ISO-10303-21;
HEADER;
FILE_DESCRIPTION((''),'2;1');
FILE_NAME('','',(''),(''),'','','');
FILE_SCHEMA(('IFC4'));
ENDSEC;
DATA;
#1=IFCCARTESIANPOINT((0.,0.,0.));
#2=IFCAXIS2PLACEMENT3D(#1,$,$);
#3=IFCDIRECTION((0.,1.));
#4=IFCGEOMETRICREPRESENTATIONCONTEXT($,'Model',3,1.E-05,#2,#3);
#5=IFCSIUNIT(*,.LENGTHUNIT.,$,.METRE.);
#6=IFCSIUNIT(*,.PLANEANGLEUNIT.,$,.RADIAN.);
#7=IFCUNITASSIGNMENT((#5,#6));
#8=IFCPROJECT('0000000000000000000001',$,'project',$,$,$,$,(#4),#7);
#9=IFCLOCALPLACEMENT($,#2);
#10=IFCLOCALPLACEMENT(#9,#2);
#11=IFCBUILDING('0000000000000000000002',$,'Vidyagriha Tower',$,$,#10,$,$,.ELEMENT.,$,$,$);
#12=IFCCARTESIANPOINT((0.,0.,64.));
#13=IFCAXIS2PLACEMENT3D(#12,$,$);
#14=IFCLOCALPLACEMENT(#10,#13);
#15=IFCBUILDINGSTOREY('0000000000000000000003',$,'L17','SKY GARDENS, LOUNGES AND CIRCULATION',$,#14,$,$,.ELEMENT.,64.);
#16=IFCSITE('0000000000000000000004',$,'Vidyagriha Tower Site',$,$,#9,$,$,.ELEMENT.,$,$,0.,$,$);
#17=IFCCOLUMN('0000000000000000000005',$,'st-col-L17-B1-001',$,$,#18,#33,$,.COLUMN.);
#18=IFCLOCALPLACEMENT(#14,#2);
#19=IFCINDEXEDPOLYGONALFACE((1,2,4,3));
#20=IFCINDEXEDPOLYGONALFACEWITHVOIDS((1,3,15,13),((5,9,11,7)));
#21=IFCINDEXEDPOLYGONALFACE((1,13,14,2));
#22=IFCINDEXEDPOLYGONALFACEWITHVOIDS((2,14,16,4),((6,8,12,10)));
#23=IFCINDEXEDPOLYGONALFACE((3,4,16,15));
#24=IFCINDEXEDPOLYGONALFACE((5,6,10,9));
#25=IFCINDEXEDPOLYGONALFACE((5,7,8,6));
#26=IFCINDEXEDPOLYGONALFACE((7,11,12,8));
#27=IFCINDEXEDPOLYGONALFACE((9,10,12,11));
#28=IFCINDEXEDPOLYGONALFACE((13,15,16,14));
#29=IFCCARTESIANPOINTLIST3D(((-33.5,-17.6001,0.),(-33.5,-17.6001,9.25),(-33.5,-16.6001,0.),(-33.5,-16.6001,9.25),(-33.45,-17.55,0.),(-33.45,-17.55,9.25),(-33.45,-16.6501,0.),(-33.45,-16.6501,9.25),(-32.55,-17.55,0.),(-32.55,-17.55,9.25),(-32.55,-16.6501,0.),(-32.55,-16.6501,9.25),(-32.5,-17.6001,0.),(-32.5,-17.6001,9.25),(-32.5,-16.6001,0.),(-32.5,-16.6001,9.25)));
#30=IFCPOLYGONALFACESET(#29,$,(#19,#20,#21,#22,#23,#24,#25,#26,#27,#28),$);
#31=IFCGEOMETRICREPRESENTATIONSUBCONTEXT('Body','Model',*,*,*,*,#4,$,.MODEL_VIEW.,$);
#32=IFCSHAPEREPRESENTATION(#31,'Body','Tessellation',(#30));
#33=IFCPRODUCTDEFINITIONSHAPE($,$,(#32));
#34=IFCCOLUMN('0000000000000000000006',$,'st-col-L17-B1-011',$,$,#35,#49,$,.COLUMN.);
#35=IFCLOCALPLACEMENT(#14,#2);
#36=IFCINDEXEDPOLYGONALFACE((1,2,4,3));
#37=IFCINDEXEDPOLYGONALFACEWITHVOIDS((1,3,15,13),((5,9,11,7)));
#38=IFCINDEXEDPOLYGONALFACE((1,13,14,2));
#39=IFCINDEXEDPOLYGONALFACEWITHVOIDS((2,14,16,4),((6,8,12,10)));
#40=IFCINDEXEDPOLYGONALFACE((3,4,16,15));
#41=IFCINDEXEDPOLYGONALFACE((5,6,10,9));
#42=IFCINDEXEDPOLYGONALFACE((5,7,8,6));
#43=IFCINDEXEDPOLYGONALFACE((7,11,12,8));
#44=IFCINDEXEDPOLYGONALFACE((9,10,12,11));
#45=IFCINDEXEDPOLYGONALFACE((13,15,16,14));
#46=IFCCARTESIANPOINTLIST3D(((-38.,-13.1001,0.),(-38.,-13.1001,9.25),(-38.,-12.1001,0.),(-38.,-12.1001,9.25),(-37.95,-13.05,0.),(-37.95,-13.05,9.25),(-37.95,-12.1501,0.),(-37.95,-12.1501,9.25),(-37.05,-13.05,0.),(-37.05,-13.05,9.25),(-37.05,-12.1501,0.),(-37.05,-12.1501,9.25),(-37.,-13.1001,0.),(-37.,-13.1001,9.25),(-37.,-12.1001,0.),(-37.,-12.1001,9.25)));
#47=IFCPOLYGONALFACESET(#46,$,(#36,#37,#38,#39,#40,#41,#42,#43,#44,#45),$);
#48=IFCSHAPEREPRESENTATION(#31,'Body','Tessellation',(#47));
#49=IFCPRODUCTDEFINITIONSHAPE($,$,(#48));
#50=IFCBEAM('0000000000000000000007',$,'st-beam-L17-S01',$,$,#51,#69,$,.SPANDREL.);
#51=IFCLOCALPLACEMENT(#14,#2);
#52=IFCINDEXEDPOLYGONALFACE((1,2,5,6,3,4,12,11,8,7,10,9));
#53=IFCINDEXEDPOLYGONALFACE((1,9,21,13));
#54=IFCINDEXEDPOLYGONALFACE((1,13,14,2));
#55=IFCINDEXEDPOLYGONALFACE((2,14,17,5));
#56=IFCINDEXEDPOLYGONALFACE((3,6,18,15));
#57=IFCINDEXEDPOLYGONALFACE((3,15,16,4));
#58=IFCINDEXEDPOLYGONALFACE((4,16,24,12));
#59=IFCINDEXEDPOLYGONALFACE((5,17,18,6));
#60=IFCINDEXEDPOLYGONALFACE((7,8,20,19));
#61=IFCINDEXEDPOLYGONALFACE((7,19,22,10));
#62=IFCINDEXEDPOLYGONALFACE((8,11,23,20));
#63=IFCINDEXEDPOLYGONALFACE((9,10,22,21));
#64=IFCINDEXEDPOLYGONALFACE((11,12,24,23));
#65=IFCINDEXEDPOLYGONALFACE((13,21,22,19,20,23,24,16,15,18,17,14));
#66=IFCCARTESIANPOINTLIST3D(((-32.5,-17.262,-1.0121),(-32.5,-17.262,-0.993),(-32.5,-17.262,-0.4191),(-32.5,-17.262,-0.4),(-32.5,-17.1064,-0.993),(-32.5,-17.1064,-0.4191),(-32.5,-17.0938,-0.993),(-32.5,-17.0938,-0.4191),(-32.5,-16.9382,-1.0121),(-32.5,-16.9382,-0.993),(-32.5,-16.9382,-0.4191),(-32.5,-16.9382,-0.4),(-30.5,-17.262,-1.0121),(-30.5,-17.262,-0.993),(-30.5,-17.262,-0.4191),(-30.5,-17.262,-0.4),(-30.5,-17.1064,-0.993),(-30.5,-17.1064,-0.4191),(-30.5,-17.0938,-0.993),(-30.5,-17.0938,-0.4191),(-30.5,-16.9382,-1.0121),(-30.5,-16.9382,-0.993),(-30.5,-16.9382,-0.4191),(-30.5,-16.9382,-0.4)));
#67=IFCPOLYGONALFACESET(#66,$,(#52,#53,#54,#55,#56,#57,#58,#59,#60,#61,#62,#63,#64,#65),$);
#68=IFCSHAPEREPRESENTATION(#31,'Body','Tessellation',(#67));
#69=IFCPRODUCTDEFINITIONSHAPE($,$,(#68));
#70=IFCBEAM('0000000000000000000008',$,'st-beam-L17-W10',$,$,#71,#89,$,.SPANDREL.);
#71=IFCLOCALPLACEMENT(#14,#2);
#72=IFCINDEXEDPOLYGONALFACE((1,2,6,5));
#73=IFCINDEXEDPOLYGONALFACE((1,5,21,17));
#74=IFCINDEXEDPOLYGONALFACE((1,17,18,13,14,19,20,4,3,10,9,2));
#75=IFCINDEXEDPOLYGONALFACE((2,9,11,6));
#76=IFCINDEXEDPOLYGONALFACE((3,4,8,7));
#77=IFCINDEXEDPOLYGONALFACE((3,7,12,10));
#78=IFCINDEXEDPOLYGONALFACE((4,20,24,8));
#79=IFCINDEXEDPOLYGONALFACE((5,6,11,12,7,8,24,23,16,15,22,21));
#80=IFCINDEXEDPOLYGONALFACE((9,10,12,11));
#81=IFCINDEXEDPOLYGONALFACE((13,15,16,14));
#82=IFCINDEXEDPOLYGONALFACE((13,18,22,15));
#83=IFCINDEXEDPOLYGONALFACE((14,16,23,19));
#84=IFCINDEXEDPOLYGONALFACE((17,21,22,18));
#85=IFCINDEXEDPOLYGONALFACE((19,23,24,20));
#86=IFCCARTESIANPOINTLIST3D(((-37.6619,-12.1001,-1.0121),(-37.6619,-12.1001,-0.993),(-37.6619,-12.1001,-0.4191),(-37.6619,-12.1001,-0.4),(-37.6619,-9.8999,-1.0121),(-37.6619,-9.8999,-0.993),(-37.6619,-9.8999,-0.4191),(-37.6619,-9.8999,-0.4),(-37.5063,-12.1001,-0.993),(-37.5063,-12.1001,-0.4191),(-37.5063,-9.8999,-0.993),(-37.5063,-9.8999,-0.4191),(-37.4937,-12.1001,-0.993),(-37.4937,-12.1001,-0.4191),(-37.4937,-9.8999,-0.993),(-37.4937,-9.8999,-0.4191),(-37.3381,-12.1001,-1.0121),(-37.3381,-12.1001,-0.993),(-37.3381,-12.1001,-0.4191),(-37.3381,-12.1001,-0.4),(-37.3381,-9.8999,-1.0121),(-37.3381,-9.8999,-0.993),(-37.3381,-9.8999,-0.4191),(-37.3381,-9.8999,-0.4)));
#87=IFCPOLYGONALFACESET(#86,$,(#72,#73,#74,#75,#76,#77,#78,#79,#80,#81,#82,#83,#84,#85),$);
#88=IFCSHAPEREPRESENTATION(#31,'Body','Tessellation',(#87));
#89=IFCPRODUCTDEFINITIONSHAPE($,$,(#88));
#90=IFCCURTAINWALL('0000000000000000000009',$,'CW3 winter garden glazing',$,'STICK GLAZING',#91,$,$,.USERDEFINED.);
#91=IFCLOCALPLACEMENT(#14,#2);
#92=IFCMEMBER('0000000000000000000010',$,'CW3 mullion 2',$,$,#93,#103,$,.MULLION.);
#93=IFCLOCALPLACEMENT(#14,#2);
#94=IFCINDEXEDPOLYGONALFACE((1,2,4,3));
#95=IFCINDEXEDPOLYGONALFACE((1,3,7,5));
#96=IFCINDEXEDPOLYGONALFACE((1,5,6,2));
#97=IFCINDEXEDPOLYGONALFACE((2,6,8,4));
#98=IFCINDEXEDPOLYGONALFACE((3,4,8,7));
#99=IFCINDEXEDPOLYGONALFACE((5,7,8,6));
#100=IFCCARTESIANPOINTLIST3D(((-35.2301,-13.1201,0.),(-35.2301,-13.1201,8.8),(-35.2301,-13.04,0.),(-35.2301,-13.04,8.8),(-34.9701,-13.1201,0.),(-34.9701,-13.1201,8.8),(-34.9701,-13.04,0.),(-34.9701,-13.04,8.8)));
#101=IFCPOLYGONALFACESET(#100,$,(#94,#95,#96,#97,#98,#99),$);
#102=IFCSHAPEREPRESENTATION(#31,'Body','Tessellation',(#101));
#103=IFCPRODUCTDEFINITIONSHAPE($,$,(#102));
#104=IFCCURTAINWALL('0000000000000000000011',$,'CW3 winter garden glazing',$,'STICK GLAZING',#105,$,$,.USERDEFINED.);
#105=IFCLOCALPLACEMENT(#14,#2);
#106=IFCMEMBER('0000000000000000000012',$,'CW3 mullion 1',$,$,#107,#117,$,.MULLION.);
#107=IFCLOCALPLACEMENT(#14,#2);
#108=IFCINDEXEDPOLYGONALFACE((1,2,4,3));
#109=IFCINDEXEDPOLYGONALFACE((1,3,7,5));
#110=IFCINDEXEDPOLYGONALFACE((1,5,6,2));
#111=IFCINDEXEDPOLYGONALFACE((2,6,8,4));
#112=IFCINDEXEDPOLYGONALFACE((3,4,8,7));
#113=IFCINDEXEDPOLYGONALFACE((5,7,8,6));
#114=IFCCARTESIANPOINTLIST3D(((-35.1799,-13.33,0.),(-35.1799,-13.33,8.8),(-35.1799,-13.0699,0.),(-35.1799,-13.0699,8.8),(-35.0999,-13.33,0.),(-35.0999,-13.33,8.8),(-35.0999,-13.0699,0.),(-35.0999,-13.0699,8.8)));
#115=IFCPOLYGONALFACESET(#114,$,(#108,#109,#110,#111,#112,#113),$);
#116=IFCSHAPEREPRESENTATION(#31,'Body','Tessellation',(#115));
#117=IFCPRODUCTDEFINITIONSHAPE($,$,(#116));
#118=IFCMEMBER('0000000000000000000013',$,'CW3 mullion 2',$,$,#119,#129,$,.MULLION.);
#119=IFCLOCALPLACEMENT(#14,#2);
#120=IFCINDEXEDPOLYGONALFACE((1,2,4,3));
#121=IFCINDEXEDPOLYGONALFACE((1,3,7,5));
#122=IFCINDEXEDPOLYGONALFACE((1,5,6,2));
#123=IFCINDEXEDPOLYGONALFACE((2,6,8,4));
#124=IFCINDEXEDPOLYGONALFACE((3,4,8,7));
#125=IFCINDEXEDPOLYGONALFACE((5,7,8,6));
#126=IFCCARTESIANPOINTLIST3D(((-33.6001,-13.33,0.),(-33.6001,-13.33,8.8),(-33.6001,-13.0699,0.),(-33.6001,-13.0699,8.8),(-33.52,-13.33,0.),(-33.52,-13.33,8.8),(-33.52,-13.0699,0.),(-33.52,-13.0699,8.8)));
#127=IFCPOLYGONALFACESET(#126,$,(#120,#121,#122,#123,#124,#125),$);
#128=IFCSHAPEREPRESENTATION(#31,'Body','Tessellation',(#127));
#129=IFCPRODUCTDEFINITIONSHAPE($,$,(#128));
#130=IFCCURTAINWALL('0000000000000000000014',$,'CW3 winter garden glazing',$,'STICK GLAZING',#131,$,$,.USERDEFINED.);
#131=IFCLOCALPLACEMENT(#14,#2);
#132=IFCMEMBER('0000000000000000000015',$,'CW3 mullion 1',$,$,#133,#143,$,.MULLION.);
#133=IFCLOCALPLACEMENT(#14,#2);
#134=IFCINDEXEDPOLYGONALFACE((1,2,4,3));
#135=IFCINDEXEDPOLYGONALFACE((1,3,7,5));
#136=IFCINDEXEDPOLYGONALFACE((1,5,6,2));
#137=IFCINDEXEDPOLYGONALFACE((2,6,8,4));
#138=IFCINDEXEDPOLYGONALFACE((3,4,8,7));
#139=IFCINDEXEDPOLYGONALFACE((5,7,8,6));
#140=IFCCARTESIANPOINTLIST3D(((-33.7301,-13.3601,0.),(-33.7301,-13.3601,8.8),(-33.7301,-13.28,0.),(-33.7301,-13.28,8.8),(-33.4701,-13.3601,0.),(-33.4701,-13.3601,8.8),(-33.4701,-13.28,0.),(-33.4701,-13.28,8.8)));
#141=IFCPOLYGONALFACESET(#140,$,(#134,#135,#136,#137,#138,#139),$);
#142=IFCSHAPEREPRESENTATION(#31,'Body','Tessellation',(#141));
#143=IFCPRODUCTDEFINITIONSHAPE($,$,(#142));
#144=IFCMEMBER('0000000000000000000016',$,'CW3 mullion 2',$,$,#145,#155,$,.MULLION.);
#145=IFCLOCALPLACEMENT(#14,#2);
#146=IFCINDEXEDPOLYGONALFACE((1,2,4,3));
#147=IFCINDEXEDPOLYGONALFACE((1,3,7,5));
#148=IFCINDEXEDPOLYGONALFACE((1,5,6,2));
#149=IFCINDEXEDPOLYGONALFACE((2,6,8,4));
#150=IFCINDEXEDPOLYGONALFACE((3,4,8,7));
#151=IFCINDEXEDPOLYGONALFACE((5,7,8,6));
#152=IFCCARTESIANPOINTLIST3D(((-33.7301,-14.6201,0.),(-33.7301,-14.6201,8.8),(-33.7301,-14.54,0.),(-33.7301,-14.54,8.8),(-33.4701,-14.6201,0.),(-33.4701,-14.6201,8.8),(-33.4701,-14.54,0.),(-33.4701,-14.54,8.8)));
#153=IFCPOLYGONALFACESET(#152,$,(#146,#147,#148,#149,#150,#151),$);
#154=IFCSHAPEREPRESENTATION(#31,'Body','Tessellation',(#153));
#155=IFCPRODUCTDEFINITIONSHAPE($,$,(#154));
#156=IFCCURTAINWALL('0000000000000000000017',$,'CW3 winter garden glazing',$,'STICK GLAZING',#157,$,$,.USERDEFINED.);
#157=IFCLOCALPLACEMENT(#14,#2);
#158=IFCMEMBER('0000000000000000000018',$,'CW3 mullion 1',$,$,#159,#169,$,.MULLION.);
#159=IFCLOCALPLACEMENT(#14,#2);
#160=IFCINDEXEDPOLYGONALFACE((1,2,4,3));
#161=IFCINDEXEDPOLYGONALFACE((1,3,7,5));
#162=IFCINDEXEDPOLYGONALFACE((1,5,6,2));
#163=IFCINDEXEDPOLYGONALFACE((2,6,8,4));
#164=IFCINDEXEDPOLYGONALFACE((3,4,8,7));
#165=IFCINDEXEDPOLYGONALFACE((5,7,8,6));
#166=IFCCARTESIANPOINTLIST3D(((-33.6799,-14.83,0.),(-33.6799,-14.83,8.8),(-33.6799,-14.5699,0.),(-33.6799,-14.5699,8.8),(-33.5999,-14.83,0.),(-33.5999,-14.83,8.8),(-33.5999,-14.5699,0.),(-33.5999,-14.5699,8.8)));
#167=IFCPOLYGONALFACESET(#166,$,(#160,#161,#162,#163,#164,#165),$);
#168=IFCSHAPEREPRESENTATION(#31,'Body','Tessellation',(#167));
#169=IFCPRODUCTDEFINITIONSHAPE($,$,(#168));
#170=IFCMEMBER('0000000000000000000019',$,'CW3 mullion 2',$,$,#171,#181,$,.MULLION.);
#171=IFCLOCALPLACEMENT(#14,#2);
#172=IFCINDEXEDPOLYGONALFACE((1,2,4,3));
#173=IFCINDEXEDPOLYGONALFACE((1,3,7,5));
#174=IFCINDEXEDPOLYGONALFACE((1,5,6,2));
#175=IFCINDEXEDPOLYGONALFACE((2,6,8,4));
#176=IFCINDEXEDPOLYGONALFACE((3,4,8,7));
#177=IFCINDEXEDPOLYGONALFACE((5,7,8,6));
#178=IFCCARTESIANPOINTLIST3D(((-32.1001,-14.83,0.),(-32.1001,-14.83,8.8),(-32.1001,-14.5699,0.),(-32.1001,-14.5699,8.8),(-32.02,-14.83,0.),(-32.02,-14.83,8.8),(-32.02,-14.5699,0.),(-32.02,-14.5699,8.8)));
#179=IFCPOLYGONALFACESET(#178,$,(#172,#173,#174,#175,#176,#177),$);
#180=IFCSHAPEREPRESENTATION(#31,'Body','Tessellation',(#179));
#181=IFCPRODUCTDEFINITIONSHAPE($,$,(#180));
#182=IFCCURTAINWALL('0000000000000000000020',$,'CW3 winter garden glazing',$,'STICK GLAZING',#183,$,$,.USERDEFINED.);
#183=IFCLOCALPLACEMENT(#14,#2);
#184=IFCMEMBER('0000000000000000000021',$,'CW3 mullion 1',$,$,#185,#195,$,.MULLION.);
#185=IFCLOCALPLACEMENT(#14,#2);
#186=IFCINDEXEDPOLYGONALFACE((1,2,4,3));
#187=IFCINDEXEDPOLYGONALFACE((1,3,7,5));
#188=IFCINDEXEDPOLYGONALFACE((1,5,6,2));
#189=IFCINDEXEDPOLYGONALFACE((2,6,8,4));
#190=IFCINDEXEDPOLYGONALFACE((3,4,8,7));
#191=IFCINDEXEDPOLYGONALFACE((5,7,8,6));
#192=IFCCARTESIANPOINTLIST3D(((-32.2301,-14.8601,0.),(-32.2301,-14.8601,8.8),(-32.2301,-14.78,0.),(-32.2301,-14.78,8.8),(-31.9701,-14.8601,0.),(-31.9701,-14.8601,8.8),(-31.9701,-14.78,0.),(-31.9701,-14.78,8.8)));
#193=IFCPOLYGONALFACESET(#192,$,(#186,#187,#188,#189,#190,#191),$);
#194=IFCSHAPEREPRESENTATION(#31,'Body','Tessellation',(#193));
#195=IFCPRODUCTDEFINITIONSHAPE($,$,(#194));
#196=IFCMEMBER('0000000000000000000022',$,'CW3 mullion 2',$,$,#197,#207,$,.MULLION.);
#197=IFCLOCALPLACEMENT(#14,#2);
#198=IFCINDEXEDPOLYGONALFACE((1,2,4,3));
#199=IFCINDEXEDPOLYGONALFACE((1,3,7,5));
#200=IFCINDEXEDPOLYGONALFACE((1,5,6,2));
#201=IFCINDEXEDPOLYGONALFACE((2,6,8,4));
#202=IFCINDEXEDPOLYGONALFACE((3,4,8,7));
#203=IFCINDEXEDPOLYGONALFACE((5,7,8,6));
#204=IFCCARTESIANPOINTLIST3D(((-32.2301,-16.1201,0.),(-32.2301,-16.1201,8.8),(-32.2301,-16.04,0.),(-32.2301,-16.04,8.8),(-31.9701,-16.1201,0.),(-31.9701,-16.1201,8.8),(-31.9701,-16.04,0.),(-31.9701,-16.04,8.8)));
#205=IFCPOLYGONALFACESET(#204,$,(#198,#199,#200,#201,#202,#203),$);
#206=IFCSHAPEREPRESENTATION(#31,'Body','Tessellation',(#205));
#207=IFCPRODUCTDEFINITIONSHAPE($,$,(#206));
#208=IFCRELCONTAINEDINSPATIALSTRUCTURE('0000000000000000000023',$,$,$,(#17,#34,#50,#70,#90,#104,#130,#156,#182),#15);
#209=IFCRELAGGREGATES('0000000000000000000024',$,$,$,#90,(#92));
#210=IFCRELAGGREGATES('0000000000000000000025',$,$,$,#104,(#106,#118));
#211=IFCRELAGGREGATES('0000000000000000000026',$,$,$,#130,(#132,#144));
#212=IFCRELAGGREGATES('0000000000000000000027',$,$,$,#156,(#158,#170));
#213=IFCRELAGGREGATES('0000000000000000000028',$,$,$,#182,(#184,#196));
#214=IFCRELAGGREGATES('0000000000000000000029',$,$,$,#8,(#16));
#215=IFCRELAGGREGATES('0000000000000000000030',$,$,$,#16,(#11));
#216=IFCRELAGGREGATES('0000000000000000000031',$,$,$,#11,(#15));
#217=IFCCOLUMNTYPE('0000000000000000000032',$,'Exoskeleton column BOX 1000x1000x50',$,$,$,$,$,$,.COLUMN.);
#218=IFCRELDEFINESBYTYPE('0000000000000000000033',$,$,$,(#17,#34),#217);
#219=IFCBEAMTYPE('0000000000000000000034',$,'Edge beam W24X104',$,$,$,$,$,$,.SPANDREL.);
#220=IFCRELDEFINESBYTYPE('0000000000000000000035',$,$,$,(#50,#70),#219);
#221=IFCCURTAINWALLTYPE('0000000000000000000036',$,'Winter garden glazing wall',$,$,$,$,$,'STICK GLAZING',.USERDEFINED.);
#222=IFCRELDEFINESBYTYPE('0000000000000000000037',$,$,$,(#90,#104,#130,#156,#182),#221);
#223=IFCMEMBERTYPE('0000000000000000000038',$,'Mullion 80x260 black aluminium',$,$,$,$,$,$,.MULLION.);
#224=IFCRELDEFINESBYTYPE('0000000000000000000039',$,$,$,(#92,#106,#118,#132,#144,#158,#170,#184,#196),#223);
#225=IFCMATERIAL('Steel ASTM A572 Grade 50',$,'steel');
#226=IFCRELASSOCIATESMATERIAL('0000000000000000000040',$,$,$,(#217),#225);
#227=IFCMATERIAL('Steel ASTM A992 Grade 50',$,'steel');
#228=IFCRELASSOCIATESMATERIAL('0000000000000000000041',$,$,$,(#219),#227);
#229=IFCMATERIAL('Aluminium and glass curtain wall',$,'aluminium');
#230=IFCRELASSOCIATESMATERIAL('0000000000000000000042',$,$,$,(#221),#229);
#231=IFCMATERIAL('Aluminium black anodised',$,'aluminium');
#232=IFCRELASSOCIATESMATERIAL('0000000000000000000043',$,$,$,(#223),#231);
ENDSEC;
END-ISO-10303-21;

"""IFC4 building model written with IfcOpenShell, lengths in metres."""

from ifc_helpers import new_model, si_unit, direction, frame, origin, origin_2d, place, context, subcontext, project, spatial, rectangle, hollow_rectangle, i_section, extrude, material, material_profile, profile_set, type_object, element, aggregate, save


model = new_model("IFC4")

# Units and contexts
model_context = context("Model", 3, precision=1e-05, world=origin(), true_north=direction((0.0, 1.0)))
body_context = subcontext(model_context, "Body", "Model", "MODEL_VIEW")
ifc_project = project(units=[si_unit("LENGTHUNIT", "METRE"), si_unit("PLANEANGLEUNIT", "RADIAN")], contexts=[model_context])

# Site, building, storey
site_placement = place(None, origin())
site = spatial("IfcSite", under=ifc_project, at=site_placement, Name="Vidyagriha Tower Site", CompositionType="ELEMENT", RefElevation=0.0)
building_placement = place(site_placement, origin())
building = spatial("IfcBuilding", under=site, at=building_placement, Name="Vidyagriha Tower", CompositionType="ELEMENT")
storey_placement = place(building_placement, frame((0.0, 0.0, 64.0)))
storey = spatial("IfcBuildingStorey", under=building, at=storey_placement, Name="L17", Description="SKY GARDENS, LOUNGES AND CIRCULATION", CompositionType="ELEMENT", Elevation=64.0)

# Columns
ifc_material_1 = material(Name="Steel ASTM A572 Grade 50", Category="steel")
ifc_material_profile_1 = material_profile(ifc_material_1, hollow_rectangle(XDim=1.0, YDim=1.0, WallThickness=0.05, at=origin_2d()), Name="BOX 1000x1000x50")
ifc_profile_set_1 = profile_set([ifc_material_profile_1], Name="Steel ASTM A572 Grade 50")
column_type = type_object("IfcColumnType", Name="Exoskeleton column BOX 1000x1000x50", PredefinedType="COLUMN", material=ifc_profile_set_1)
for number, where, name in (
    (1, (-33.0, -17.1001, 0.0), "st-col-L17-B1-001"),
    (2, (-37.5, -12.6001, 0.0), "st-col-L17-B1-011"),
):
    element("IfcColumn", number, at=place(storey_placement, frame(where)), inside=storey, type_object=column_type, Name=name, PredefinedType="COLUMN", context=body_context, shape_type="SweptSolid", body=[
        extrude(hollow_rectangle(XDim=1.0, YDim=1.0, WallThickness=0.05, at=origin_2d()), origin(), (0.0, 0.0, 1.0), 9.25),
    ])

# Beams
ifc_material_2 = material(Name="Steel ASTM A992 Grade 50", Category="steel")
ifc_material_profile_2 = material_profile(ifc_material_2, i_section(OverallWidth=0.3237, OverallDepth=0.6121, WebThickness=0.0127, FlangeThickness=0.019, at=origin_2d()), Name="W24X104")
ifc_profile_set_2 = profile_set([ifc_material_profile_2], Name="Steel ASTM A992 Grade 50")
beam_type = type_object("IfcBeamType", Name="Edge beam W24X104", PredefinedType="SPANDREL", material=ifc_profile_set_2)
beam_1_placement = place(storey_placement, frame((-32.5, -17.1001, -0.7061), z_axis=(1.0, 0.0, 0.0), x_axis=(0.0, 1.0, 0.0)))
element("IfcBeam", 3, at=beam_1_placement, inside=storey, type_object=beam_type, Name="st-beam-L17-S01", PredefinedType="SPANDREL", context=body_context, shape_type="SweptSolid", body=[
    extrude(i_section(OverallWidth=0.3237, OverallDepth=0.6121, WebThickness=0.0127, FlangeThickness=0.019, at=origin_2d()), origin(), (0.0, 0.0, 1.0), 2.0),
])
beam_2_placement = place(storey_placement, frame((-37.5, -12.1001, -0.7061), z_axis=(0.0, 1.0, 0.0), x_axis=(-1.0, 0.0, 0.0)))
element("IfcBeam", 4, at=beam_2_placement, inside=storey, type_object=beam_type, Name="st-beam-L17-W10", PredefinedType="SPANDREL", context=body_context, shape_type="SweptSolid", body=[
    extrude(i_section(OverallWidth=0.3237, OverallDepth=0.6121, WebThickness=0.0127, FlangeThickness=0.019, at=origin_2d()), origin(), (0.0, 0.0, 1.0), 2.2002),
])

# Curtain wall, member
ifc_material_3 = material(Name="Aluminium and glass curtain wall", Category="aluminium")
curtain_wall_type = type_object("IfcCurtainWallType", Name="Winter garden glazing wall", ElementType="STICK GLAZING", PredefinedType="USERDEFINED", material=ifc_material_3)
curtain_wall_1_placement = place(storey_placement, origin())
curtain_wall_1 = element("IfcCurtainWall", 5, at=curtain_wall_1_placement, inside=storey, type_object=curtain_wall_type, Name="CW3 winter garden glazing", ObjectType="STICK GLAZING", PredefinedType="USERDEFINED")
ifc_material_4 = material(Name="Aluminium black anodised", Category="aluminium")
ifc_material_profile_3 = material_profile(ifc_material_4, rectangle(XDim=0.26, YDim=0.0801, at=origin_2d()), Name="Mullion 80x260 black aluminium")
ifc_profile_set_3 = profile_set([ifc_material_profile_3], Name="Aluminium black anodised")
member_type_1 = type_object("IfcMemberType", Name="Mullion 80x260 black aluminium", PredefinedType="MULLION", material=ifc_profile_set_3)
member_1_placement = place(storey_placement, frame((-35.1001, -13.0801, 0.0)))
member_1 = element("IfcMember", 6, at=member_1_placement, type_object=member_type_1, Name="CW3 mullion 2", PredefinedType="MULLION", context=body_context, shape_type="SweptSolid", body=[
    extrude(rectangle(XDim=0.26, YDim=0.0801, at=origin_2d()), origin(), (0.0, 0.0, 1.0), 8.8),
])

# Curtain walls, members
curtain_wall_2_placement = place(storey_placement, origin())
curtain_wall_2 = element("IfcCurtainWall", 7, at=curtain_wall_2_placement, inside=storey, type_object=curtain_wall_type, Name="CW3 winter garden glazing", ObjectType="STICK GLAZING", PredefinedType="USERDEFINED")
member_2_placement = place(storey_placement, frame((-35.1399, -13.2, 0.0), z_axis=(0.0, 0.0, 1.0), x_axis=(0.0, 1.0, 0.0)))
member_2 = element("IfcMember", 8, at=member_2_placement, type_object=member_type_1, Name="CW3 mullion 1", PredefinedType="MULLION", context=body_context, shape_type="SweptSolid", body=[
    extrude(rectangle(XDim=0.26, YDim=0.0801, at=origin_2d()), origin(), (0.0, 0.0, 1.0), 8.8),
])
member_3_placement = place(storey_placement, frame((-33.5601, -13.2, 0.0), z_axis=(0.0, 0.0, 1.0), x_axis=(0.0, 1.0, 0.0)))
member_3 = element("IfcMember", 9, at=member_3_placement, type_object=member_type_1, Name="CW3 mullion 2", PredefinedType="MULLION", context=body_context, shape_type="SweptSolid", body=[
    extrude(rectangle(XDim=0.26, YDim=0.0801, at=origin_2d()), origin(), (0.0, 0.0, 1.0), 8.8),
])
curtain_wall_3_placement = place(storey_placement, origin())
curtain_wall_3 = element("IfcCurtainWall", 10, at=curtain_wall_3_placement, inside=storey, type_object=curtain_wall_type, Name="CW3 winter garden glazing", ObjectType="STICK GLAZING", PredefinedType="USERDEFINED")
member_4_placement = place(storey_placement, frame((-33.6001, -13.3201, 0.0)))
member_4 = element("IfcMember", 11, at=member_4_placement, type_object=member_type_1, Name="CW3 mullion 1", PredefinedType="MULLION", context=body_context, shape_type="SweptSolid", body=[
    extrude(rectangle(XDim=0.26, YDim=0.0801, at=origin_2d()), origin(), (0.0, 0.0, 1.0), 8.8),
])
member_5_placement = place(storey_placement, frame((-33.6001, -14.5801, 0.0)))
member_5 = element("IfcMember", 12, at=member_5_placement, type_object=member_type_1, Name="CW3 mullion 2", PredefinedType="MULLION", context=body_context, shape_type="SweptSolid", body=[
    extrude(rectangle(XDim=0.26, YDim=0.0801, at=origin_2d()), origin(), (0.0, 0.0, 1.0), 8.8),
])
curtain_wall_4_placement = place(storey_placement, origin())
curtain_wall_4 = element("IfcCurtainWall", 13, at=curtain_wall_4_placement, inside=storey, type_object=curtain_wall_type, Name="CW3 winter garden glazing", ObjectType="STICK GLAZING", PredefinedType="USERDEFINED")
member_6_placement = place(storey_placement, frame((-33.6399, -14.7, 0.0), z_axis=(0.0, 0.0, 1.0), x_axis=(0.0, 1.0, 0.0)))
member_6 = element("IfcMember", 14, at=member_6_placement, type_object=member_type_1, Name="CW3 mullion 1", PredefinedType="MULLION", context=body_context, shape_type="SweptSolid", body=[
    extrude(rectangle(XDim=0.26, YDim=0.0801, at=origin_2d()), origin(), (0.0, 0.0, 1.0), 8.8),
])
member_7_placement = place(storey_placement, frame((-32.0601, -14.7, 0.0), z_axis=(0.0, 0.0, 1.0), x_axis=(0.0, 1.0, 0.0)))
member_7 = element("IfcMember", 15, at=member_7_placement, type_object=member_type_1, Name="CW3 mullion 2", PredefinedType="MULLION", context=body_context, shape_type="SweptSolid", body=[
    extrude(rectangle(XDim=0.26, YDim=0.0801, at=origin_2d()), origin(), (0.0, 0.0, 1.0), 8.8),
])
curtain_wall_5_placement = place(storey_placement, origin())
curtain_wall_5 = element("IfcCurtainWall", 16, at=curtain_wall_5_placement, inside=storey, type_object=curtain_wall_type, Name="CW3 winter garden glazing", ObjectType="STICK GLAZING", PredefinedType="USERDEFINED")
member_8_placement = place(storey_placement, frame((-32.1001, -14.8201, 0.0)))
member_8 = element("IfcMember", 17, at=member_8_placement, type_object=member_type_1, Name="CW3 mullion 1", PredefinedType="MULLION", context=body_context, shape_type="SweptSolid", body=[
    extrude(rectangle(XDim=0.26, YDim=0.0801, at=origin_2d()), origin(), (0.0, 0.0, 1.0), 8.8),
])
member_9_placement = place(storey_placement, frame((-32.1001, -16.0801, 0.0)))
member_9 = element("IfcMember", 18, at=member_9_placement, type_object=member_type_1, Name="CW3 mullion 2", PredefinedType="MULLION", context=body_context, shape_type="SweptSolid", body=[
    extrude(rectangle(XDim=0.26, YDim=0.0801, at=origin_2d()), origin(), (0.0, 0.0, 1.0), 8.8),
])

aggregate(curtain_wall_1, [member_1])
aggregate(curtain_wall_2, [member_2, member_3])
aggregate(curtain_wall_3, [member_4, member_5])
aggregate(curtain_wall_4, [member_6, member_7])
aggregate(curtain_wall_5, [member_8, member_9])

save(model, "model.ifc")
